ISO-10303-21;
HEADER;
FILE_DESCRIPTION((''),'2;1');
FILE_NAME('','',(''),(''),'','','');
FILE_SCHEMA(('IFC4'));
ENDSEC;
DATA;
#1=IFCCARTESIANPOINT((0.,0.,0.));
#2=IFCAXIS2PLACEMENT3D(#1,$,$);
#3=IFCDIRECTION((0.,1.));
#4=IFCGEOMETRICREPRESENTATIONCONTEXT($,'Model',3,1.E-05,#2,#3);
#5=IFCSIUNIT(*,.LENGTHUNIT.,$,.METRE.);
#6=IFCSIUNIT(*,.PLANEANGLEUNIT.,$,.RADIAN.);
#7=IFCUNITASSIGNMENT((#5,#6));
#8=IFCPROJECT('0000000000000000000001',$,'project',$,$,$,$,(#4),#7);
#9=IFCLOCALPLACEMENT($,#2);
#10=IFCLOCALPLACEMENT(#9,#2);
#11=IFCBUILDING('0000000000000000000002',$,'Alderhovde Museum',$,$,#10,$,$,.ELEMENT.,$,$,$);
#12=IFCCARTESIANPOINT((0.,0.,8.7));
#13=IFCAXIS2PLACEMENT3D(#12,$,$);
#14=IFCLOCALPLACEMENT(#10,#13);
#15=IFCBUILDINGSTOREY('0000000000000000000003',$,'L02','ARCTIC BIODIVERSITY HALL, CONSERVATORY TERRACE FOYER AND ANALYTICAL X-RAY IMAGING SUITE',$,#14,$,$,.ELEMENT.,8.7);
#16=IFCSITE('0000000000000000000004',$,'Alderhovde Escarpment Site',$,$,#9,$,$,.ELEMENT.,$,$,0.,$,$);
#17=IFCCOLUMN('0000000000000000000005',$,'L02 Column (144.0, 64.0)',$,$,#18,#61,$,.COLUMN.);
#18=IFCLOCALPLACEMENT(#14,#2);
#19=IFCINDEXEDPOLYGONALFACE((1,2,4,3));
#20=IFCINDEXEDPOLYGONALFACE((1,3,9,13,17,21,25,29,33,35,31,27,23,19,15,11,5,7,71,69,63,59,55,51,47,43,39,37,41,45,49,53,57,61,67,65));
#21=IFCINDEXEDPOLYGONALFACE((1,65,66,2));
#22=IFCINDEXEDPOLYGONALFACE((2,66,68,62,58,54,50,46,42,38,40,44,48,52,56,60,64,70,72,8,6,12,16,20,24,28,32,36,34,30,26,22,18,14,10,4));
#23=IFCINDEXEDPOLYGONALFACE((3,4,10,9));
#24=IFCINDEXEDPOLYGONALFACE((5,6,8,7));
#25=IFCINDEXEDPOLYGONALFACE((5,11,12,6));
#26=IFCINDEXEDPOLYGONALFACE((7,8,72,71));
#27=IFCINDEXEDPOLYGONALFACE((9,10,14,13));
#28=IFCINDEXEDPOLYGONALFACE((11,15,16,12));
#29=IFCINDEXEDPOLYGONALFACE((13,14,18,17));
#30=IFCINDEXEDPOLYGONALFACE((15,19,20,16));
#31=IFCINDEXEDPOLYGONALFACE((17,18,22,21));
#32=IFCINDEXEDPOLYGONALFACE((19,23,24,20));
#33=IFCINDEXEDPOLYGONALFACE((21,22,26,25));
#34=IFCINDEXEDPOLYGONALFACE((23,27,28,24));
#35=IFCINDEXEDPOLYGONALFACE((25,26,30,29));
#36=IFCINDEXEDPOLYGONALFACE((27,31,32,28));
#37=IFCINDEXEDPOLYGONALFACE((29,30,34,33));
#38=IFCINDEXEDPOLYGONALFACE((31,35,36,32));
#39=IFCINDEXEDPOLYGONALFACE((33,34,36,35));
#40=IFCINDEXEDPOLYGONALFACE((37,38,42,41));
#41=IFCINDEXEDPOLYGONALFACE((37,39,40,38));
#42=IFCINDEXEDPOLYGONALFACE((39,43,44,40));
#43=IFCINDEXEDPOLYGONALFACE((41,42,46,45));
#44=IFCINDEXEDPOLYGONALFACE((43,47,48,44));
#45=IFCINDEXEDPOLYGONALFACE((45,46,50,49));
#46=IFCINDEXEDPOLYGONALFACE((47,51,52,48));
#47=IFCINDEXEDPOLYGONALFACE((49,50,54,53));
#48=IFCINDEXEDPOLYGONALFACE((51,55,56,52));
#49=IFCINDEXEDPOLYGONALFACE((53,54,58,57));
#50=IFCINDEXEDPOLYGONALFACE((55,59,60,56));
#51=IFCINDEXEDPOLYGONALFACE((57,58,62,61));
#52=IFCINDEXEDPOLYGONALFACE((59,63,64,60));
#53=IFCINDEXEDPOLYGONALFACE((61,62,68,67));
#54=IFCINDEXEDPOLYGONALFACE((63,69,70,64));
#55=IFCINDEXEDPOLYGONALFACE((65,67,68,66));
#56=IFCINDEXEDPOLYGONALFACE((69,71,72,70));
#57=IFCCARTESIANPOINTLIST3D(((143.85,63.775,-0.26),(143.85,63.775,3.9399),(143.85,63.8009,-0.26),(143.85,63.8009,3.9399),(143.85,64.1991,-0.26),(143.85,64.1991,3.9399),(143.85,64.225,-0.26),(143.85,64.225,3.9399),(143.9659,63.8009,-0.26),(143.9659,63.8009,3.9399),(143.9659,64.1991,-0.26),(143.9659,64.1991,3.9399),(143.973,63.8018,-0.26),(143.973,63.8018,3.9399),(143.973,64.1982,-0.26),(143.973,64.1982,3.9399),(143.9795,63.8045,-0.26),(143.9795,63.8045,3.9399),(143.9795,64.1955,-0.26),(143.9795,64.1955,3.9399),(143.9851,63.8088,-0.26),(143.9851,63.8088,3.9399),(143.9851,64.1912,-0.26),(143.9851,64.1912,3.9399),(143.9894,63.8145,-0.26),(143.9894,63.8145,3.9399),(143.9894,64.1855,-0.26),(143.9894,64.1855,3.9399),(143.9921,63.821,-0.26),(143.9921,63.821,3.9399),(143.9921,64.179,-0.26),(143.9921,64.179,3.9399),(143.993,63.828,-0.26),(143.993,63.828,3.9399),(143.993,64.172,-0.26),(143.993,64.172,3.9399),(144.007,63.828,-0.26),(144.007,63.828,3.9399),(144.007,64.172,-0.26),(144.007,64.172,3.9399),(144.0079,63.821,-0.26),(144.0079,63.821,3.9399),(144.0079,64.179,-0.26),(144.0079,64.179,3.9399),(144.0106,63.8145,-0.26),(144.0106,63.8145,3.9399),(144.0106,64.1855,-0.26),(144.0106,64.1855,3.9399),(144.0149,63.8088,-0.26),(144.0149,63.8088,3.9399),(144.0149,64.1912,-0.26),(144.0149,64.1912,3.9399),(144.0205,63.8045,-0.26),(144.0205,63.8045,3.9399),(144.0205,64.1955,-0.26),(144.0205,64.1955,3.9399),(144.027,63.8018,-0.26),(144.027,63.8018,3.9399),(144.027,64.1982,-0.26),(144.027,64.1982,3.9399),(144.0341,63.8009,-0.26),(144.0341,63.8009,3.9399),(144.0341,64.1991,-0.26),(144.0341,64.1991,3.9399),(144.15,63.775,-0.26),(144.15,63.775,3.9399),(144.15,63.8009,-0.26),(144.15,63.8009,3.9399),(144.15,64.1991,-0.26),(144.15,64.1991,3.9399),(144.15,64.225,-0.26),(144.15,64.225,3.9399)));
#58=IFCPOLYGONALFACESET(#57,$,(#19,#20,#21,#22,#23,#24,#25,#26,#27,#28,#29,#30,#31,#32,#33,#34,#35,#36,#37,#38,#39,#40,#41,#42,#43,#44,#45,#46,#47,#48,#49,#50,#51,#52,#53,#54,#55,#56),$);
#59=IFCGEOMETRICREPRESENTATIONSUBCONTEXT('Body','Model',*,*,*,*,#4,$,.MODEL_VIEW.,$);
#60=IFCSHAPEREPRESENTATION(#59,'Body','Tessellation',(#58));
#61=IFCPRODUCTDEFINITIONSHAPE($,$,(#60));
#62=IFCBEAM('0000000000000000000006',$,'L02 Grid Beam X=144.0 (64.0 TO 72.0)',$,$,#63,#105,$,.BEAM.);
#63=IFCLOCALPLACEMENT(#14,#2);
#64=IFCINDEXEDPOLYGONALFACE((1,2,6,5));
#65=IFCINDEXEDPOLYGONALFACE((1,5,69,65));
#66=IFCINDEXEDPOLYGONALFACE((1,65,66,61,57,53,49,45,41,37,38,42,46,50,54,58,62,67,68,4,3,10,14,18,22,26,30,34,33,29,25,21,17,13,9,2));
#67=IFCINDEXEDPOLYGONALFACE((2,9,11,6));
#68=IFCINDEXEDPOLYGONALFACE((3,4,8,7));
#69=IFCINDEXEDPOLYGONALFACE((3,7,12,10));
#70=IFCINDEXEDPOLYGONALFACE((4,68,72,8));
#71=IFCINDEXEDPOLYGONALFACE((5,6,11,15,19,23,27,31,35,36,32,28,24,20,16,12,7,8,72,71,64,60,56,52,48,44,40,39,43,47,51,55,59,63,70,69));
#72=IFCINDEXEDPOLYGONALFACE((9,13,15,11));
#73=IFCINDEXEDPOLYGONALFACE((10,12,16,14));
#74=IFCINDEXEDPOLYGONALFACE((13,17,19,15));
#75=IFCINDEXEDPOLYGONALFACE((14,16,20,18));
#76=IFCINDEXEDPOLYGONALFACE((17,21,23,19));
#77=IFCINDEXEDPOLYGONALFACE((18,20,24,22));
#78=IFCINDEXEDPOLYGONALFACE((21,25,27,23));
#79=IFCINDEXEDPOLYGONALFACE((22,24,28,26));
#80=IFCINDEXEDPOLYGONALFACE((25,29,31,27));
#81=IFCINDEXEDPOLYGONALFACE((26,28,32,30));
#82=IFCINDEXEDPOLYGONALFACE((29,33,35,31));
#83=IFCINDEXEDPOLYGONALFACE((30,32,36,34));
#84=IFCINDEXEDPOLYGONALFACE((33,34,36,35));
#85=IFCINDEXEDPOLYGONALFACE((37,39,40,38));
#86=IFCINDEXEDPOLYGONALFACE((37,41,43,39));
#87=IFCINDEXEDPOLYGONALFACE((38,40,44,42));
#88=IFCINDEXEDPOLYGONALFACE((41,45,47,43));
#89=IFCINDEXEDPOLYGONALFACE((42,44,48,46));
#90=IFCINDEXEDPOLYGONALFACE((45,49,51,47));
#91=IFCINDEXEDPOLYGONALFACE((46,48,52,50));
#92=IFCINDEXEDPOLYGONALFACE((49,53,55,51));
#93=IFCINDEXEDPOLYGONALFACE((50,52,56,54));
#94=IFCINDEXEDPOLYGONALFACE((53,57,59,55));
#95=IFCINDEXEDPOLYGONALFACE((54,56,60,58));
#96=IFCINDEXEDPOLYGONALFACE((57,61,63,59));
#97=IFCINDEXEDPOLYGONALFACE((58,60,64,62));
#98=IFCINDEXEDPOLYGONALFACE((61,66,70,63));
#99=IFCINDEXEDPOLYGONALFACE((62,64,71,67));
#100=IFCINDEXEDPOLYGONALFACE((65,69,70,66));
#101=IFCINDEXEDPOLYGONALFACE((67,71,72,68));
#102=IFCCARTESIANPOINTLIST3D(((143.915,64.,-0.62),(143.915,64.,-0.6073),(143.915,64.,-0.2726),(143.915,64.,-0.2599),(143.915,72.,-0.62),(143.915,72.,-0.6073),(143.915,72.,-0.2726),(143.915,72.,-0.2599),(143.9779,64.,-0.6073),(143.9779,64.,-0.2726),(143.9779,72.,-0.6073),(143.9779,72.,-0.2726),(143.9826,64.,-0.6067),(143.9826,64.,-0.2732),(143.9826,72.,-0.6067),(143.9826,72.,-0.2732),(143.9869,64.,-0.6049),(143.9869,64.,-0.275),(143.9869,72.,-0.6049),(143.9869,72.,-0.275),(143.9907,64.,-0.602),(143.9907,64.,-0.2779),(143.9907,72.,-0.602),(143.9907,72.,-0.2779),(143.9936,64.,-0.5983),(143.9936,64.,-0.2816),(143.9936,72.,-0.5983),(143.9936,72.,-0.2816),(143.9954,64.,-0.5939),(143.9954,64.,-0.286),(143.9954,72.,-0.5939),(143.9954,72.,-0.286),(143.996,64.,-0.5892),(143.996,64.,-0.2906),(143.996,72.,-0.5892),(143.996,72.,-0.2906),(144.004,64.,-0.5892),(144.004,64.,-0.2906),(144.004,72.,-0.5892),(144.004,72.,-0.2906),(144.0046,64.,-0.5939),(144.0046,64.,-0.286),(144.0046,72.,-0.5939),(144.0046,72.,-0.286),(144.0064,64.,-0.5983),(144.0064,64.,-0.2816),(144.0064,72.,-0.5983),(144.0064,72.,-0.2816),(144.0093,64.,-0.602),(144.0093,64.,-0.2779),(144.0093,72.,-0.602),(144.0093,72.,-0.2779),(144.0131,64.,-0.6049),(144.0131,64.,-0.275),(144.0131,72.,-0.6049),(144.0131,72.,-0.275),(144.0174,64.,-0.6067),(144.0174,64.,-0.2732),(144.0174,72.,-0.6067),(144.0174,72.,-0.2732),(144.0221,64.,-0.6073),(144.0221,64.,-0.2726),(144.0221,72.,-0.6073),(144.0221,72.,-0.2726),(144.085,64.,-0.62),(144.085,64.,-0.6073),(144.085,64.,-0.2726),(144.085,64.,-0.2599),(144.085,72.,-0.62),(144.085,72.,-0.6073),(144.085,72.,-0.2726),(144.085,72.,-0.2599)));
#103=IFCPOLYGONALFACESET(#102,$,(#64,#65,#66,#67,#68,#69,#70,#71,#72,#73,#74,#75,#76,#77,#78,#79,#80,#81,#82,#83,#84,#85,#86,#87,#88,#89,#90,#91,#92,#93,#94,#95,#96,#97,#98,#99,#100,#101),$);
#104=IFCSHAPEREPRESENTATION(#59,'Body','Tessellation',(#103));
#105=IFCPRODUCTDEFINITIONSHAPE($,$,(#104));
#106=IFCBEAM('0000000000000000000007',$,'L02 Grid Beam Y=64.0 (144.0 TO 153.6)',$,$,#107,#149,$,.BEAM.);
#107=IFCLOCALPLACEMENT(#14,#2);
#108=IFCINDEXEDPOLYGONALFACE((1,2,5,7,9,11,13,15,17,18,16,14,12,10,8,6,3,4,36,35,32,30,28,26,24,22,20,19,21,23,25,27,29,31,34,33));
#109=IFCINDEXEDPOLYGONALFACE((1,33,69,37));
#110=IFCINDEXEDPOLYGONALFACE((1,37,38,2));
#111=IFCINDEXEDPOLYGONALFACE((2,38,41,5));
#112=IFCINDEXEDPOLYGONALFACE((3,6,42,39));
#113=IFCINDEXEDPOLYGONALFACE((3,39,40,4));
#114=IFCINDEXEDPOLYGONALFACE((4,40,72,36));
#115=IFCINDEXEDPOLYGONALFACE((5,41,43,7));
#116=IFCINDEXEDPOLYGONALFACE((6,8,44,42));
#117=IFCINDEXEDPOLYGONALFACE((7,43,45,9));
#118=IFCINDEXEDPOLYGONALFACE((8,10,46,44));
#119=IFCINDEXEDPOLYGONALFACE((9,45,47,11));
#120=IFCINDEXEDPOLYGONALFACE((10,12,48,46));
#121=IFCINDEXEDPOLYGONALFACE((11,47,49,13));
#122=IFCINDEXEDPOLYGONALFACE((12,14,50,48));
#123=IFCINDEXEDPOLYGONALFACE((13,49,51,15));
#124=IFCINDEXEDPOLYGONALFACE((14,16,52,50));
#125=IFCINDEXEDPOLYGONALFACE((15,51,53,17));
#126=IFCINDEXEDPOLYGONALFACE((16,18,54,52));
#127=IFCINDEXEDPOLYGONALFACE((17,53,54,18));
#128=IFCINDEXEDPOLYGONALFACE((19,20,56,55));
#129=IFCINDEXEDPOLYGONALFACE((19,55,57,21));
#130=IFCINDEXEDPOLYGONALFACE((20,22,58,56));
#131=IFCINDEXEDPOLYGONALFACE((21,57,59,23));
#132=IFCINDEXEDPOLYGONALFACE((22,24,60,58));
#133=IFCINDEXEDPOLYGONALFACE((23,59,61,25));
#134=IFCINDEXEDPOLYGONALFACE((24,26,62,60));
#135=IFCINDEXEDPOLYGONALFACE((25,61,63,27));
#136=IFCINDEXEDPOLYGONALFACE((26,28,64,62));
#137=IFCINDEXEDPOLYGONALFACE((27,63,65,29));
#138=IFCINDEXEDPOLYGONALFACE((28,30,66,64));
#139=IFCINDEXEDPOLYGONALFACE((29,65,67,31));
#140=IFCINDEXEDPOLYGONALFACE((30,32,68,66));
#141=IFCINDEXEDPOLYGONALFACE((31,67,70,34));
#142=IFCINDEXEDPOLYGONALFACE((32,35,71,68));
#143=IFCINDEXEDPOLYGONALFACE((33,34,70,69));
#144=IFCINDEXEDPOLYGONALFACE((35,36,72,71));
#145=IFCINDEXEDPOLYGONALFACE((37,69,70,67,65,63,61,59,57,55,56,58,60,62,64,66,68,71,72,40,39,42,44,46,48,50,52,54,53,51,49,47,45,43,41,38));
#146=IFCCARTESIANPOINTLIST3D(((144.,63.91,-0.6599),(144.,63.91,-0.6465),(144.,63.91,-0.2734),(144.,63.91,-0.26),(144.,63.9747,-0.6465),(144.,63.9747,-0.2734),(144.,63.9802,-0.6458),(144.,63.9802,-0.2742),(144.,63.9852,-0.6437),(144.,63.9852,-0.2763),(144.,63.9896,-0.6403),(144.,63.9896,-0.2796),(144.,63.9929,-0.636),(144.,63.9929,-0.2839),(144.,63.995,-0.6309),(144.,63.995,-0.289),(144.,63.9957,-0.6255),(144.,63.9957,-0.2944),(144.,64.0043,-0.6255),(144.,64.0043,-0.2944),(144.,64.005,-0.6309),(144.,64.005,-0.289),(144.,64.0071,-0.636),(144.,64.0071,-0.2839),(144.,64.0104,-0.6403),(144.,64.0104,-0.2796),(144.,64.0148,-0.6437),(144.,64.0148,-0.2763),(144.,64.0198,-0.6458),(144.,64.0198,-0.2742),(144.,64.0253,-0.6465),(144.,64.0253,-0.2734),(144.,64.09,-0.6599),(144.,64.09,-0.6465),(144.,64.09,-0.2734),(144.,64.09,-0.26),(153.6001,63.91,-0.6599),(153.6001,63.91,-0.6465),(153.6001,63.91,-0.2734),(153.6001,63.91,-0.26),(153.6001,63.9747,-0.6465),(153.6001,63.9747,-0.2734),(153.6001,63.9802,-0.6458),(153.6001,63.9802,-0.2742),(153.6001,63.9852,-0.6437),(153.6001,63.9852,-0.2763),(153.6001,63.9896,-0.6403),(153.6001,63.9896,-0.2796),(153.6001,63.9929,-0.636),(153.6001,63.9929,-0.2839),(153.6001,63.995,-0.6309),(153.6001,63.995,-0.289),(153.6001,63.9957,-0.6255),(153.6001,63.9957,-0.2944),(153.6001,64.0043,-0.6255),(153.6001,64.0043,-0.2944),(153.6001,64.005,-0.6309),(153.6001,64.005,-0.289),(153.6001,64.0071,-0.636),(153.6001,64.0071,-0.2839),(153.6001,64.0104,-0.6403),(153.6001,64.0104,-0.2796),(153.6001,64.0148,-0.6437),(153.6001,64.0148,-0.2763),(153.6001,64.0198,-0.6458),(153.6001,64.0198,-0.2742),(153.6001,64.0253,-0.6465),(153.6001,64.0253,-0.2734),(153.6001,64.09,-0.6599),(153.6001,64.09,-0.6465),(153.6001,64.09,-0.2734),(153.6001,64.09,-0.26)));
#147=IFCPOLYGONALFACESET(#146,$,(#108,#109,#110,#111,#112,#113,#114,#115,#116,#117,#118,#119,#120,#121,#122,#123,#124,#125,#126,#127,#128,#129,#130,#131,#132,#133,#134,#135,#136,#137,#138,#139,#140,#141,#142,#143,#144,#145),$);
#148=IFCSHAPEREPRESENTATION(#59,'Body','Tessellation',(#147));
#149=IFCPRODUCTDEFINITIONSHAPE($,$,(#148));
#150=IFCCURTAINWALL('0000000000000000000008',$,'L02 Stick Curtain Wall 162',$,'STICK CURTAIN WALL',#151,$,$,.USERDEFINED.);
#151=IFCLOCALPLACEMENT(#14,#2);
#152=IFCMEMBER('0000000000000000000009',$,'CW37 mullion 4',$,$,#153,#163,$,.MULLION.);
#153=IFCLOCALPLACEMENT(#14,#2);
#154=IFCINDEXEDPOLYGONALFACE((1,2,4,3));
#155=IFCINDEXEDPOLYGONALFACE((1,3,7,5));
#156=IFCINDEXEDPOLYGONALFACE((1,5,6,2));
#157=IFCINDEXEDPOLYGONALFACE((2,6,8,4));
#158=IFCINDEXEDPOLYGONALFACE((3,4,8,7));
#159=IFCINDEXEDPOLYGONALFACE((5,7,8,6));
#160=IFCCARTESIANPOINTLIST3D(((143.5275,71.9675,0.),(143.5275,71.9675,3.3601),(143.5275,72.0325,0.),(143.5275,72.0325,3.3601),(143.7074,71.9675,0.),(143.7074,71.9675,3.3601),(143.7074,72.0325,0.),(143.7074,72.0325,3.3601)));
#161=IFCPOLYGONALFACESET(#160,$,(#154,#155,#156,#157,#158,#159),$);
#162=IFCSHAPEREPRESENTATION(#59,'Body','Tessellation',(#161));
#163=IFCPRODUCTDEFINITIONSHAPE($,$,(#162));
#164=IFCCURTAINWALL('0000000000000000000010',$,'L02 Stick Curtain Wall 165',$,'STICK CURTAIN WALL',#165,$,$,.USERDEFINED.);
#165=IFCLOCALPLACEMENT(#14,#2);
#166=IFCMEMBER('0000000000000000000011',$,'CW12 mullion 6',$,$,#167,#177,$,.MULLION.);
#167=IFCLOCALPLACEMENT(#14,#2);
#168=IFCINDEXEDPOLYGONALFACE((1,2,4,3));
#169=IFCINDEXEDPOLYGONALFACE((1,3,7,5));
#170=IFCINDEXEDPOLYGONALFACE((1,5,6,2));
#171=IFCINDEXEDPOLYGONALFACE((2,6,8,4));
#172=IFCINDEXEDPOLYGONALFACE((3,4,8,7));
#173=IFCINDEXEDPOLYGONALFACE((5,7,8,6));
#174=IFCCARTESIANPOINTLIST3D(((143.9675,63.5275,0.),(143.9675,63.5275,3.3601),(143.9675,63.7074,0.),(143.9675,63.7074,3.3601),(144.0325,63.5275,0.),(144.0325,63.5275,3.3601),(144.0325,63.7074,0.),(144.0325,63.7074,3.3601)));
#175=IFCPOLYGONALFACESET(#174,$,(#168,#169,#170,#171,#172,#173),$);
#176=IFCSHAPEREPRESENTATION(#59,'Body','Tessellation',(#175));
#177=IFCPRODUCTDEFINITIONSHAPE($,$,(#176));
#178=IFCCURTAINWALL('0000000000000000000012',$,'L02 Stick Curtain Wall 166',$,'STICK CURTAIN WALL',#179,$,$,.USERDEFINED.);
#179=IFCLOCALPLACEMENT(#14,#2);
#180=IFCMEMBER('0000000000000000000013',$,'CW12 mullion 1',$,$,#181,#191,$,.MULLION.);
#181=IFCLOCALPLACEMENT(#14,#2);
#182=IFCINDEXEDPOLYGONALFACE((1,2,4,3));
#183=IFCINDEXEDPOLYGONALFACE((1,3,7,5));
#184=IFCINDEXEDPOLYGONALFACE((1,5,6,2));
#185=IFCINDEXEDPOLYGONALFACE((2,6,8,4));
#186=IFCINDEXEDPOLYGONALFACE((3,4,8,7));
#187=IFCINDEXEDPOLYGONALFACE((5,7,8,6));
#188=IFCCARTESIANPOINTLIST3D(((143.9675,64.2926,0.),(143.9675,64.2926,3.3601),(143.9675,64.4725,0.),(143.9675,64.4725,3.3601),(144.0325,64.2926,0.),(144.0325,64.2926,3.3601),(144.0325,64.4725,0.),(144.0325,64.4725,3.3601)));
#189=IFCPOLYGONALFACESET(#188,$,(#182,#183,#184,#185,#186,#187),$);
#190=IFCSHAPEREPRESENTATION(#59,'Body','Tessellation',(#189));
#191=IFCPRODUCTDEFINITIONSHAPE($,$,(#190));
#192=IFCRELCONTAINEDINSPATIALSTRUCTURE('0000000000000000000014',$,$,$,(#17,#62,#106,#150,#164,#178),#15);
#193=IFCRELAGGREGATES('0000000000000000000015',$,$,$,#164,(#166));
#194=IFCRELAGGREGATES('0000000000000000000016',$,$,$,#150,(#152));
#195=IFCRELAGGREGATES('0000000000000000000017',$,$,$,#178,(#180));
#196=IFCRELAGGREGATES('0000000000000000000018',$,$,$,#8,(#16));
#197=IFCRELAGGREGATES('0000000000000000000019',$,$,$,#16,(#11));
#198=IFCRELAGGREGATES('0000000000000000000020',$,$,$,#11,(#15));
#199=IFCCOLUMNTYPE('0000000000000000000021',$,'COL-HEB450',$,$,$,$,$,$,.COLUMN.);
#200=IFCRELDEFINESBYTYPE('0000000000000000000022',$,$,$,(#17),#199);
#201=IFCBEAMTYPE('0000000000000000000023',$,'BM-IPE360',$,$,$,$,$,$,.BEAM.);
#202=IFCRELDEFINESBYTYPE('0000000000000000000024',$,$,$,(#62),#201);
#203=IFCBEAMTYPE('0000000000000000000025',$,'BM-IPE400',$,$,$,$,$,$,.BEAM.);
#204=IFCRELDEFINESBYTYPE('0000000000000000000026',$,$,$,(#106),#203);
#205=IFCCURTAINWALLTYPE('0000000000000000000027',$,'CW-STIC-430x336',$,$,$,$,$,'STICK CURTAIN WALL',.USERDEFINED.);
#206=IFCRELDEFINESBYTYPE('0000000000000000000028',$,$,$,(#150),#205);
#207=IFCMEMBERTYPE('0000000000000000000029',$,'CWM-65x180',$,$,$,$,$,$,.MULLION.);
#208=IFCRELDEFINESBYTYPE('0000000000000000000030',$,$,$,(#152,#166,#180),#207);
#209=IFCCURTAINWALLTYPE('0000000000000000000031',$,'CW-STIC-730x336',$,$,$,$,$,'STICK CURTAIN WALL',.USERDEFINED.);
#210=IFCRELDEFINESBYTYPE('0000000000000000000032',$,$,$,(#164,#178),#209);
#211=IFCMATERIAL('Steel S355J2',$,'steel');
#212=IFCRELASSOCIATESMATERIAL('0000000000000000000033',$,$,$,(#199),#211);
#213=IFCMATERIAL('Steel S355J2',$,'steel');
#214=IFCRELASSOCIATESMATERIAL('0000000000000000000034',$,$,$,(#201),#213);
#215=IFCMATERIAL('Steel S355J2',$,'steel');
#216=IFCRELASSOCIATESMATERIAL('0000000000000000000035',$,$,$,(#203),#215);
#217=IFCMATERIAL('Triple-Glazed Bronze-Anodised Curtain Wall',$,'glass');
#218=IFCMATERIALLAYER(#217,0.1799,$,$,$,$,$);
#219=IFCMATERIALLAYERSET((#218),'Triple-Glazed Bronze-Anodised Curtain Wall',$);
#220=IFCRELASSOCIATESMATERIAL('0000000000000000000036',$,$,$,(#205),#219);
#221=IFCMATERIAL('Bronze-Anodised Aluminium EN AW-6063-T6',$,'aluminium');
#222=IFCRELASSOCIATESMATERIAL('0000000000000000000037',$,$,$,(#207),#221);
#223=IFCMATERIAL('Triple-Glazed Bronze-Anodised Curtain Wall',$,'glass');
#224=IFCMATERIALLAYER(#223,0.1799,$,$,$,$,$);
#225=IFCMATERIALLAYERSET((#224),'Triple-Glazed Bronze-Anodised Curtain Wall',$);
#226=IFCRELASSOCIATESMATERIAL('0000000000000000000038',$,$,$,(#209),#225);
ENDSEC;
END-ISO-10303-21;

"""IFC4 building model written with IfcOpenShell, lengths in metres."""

from ifc_helpers import new_model, si_unit, direction, frame, origin, origin_2d, place, context, subcontext, project, spatial, rectangle, i_section, extrude, material, layer, layer_set, material_profile, profile_set, type_object, element, aggregate, save


model = new_model("IFC4")

# Units and contexts
model_context = context("Model", 3, precision=1e-05, world=origin(), true_north=direction((0.0, 1.0)))
body_context = subcontext(model_context, "Body", "Model", "MODEL_VIEW")
ifc_project = project(units=[si_unit("LENGTHUNIT", "METRE"), si_unit("PLANEANGLEUNIT", "RADIAN")], contexts=[model_context])

# Site, building, storey
site_placement = place(None, origin())
site = spatial("IfcSite", under=ifc_project, at=site_placement, Name="Alderhovde Escarpment Site", CompositionType="ELEMENT", RefElevation=0.0)
building_placement = place(site_placement, origin())
building = spatial("IfcBuilding", under=site, at=building_placement, Name="Alderhovde Museum", CompositionType="ELEMENT")
storey_placement = place(building_placement, frame((0.0, 0.0, 8.7)))
storey = spatial("IfcBuildingStorey", under=building, at=storey_placement, Name="L02", Description="ARCTIC BIODIVERSITY HALL, CONSERVATORY TERRACE FOYER AND ANALYTICAL X-RAY IMAGING SUITE", CompositionType="ELEMENT", Elevation=8.7)

# Column
ifc_material_1 = material(Name="Steel S355J2", Category="steel")
ifc_material_profile_1 = material_profile(ifc_material_1, i_section(OverallWidth=0.3, OverallDepth=0.45, WebThickness=0.0139, FlangeThickness=0.0259, FilletRadius=0.0271, at=origin_2d()), Name="HEB 450")
ifc_profile_set_1 = profile_set([ifc_material_profile_1], Name="Steel S355J2")
column_type = type_object("IfcColumnType", Name="COL-HEB450", PredefinedType="COLUMN", material=ifc_profile_set_1)
column_placement = place(storey_placement, frame((144.0, 64.0, -0.26), z_axis=(0.0, 0.0, 1.0), x_axis=(1.0, 0.0, 0.0)))
element("IfcColumn", 1, at=column_placement, inside=storey, type_object=column_type, Name="L02 Column (144.0, 64.0)", PredefinedType="COLUMN", context=body_context, shape_type="SweptSolid", body=[
    extrude(i_section(OverallWidth=0.3, OverallDepth=0.45, WebThickness=0.0139, FlangeThickness=0.0259, FilletRadius=0.0271, at=origin_2d()), origin(), (0.0, 0.0, 1.0), 4.2),
])

# Beams
ifc_material_2 = material(Name="Steel S355J2", Category="steel")
ifc_material_profile_2 = material_profile(ifc_material_2, i_section(OverallWidth=0.1699, OverallDepth=0.3601, WebThickness=0.0081, FlangeThickness=0.0127, FilletRadius=0.0181, at=origin_2d()), Name="IPE 360")
ifc_profile_set_2 = profile_set([ifc_material_profile_2], Name="Steel S355J2")
beam_type_1 = type_object("IfcBeamType", Name="BM-IPE360", PredefinedType="BEAM", material=ifc_profile_set_2)
beam_1_placement = place(storey_placement, frame((144.0, 64.0, -0.4399), z_axis=(0.0, 1.0, 0.0), x_axis=(-1.0, 0.0, 0.0)))
element("IfcBeam", 2, at=beam_1_placement, inside=storey, type_object=beam_type_1, Name="L02 Grid Beam X=144.0 (64.0 TO 72.0)", PredefinedType="BEAM", context=body_context, shape_type="SweptSolid", body=[
    extrude(i_section(OverallWidth=0.1699, OverallDepth=0.3601, WebThickness=0.0081, FlangeThickness=0.0127, FilletRadius=0.0181, at=origin_2d()), origin(), (0.0, 0.0, 1.0), 8.0),
])
ifc_material_3 = material(Name="Steel S355J2", Category="steel")
ifc_material_profile_3 = material_profile(ifc_material_3, i_section(OverallWidth=0.1799, OverallDepth=0.3999, WebThickness=0.0085, FlangeThickness=0.0134, FilletRadius=0.021, at=origin_2d()), Name="IPE 400")
ifc_profile_set_3 = profile_set([ifc_material_profile_3], Name="Steel S355J2")
beam_type_2 = type_object("IfcBeamType", Name="BM-IPE400", PredefinedType="BEAM", material=ifc_profile_set_3)
beam_2_placement = place(storey_placement, frame((144.0, 64.0, -0.46), z_axis=(1.0, 0.0, 0.0), x_axis=(0.0, 1.0, 0.0)))
element("IfcBeam", 3, at=beam_2_placement, inside=storey, type_object=beam_type_2, Name="L02 Grid Beam Y=64.0 (144.0 TO 153.6)", PredefinedType="BEAM", context=body_context, shape_type="SweptSolid", body=[
    extrude(i_section(OverallWidth=0.1799, OverallDepth=0.3999, WebThickness=0.0085, FlangeThickness=0.0134, FilletRadius=0.021, at=origin_2d()), origin(), (0.0, 0.0, 1.0), 9.6001),
])

# Curtain walls, members
ifc_material_4 = material(Name="Triple-Glazed Bronze-Anodised Curtain Wall", Category="glass")
ifc_layer_1 = layer(ifc_material_4, 0.1799)
ifc_layer_set_1 = layer_set([ifc_layer_1], Name="Triple-Glazed Bronze-Anodised Curtain Wall")
curtain_wall_type_1 = type_object("IfcCurtainWallType", Name="CW-STIC-430x336", ElementType="STICK CURTAIN WALL", PredefinedType="USERDEFINED", material=ifc_layer_set_1)
curtain_wall_1_placement = place(storey_placement, origin())
curtain_wall_1 = element("IfcCurtainWall", 4, at=curtain_wall_1_placement, inside=storey, type_object=curtain_wall_type_1, Name="L02 Stick Curtain Wall 162", ObjectType="STICK CURTAIN WALL", PredefinedType="USERDEFINED")
ifc_material_5 = material(Name="Bronze-Anodised Aluminium EN AW-6063-T6", Category="aluminium")
ifc_material_profile_4 = material_profile(ifc_material_5, rectangle(XDim=0.0649, YDim=0.1799, at=origin_2d()), Name="MULLION 65x180")
ifc_profile_set_4 = profile_set([ifc_material_profile_4], Name="Bronze-Anodised Aluminium EN AW-6063-T6")
member_type_1 = type_object("IfcMemberType", Name="CWM-65x180", PredefinedType="MULLION", material=ifc_profile_set_4)
member_1_placement = place(storey_placement, frame((143.6174, 72.0, 0.0), z_axis=(0.0, 0.0, 1.0), x_axis=(0.0, 1.0, 0.0)))
member_1 = element("IfcMember", 5, at=member_1_placement, type_object=member_type_1, Name="CW37 mullion 4", PredefinedType="MULLION", context=body_context, shape_type="SweptSolid", body=[
    extrude(rectangle(XDim=0.0649, YDim=0.1799, at=origin_2d()), origin(), (0.0, 0.0, 1.0), 3.3601),
])
ifc_material_6 = material(Name="Triple-Glazed Bronze-Anodised Curtain Wall", Category="glass")
ifc_layer_2 = layer(ifc_material_6, 0.1799)
ifc_layer_set_2 = layer_set([ifc_layer_2], Name="Triple-Glazed Bronze-Anodised Curtain Wall")
curtain_wall_type_2 = type_object("IfcCurtainWallType", Name="CW-STIC-730x336", ElementType="STICK CURTAIN WALL", PredefinedType="USERDEFINED", material=ifc_layer_set_2)
curtain_wall_2_placement = place(storey_placement, origin())
curtain_wall_2 = element("IfcCurtainWall", 6, at=curtain_wall_2_placement, inside=storey, type_object=curtain_wall_type_2, Name="L02 Stick Curtain Wall 165", ObjectType="STICK CURTAIN WALL", PredefinedType="USERDEFINED")
member_2_placement = place(storey_placement, frame((144.0, 63.6174, 0.0), z_axis=(0.0, 0.0, 1.0), x_axis=(-1.0, 0.0, 0.0)))
member_2 = element("IfcMember", 7, at=member_2_placement, type_object=member_type_1, Name="CW12 mullion 6", PredefinedType="MULLION", context=body_context, shape_type="SweptSolid", body=[
    extrude(rectangle(XDim=0.0649, YDim=0.1799, at=origin_2d()), origin(), (0.0, 0.0, 1.0), 3.3601),
])

# Curtain wall, member
curtain_wall_3_placement = place(storey_placement, origin())
curtain_wall_3 = element("IfcCurtainWall", 8, at=curtain_wall_3_placement, inside=storey, type_object=curtain_wall_type_2, Name="L02 Stick Curtain Wall 166", ObjectType="STICK CURTAIN WALL", PredefinedType="USERDEFINED")
member_3_placement = place(storey_placement, frame((144.0, 64.3826, 0.0), z_axis=(0.0, 0.0, 1.0), x_axis=(-1.0, 0.0, 0.0)))
member_3 = element("IfcMember", 9, at=member_3_placement, type_object=member_type_1, Name="CW12 mullion 1", PredefinedType="MULLION", context=body_context, shape_type="SweptSolid", body=[
    extrude(rectangle(XDim=0.0649, YDim=0.1799, at=origin_2d()), origin(), (0.0, 0.0, 1.0), 3.3601),
])

aggregate(curtain_wall_2, [member_2])
aggregate(curtain_wall_1, [member_1])
aggregate(curtain_wall_3, [member_3])

save(model, "model.ifc")
